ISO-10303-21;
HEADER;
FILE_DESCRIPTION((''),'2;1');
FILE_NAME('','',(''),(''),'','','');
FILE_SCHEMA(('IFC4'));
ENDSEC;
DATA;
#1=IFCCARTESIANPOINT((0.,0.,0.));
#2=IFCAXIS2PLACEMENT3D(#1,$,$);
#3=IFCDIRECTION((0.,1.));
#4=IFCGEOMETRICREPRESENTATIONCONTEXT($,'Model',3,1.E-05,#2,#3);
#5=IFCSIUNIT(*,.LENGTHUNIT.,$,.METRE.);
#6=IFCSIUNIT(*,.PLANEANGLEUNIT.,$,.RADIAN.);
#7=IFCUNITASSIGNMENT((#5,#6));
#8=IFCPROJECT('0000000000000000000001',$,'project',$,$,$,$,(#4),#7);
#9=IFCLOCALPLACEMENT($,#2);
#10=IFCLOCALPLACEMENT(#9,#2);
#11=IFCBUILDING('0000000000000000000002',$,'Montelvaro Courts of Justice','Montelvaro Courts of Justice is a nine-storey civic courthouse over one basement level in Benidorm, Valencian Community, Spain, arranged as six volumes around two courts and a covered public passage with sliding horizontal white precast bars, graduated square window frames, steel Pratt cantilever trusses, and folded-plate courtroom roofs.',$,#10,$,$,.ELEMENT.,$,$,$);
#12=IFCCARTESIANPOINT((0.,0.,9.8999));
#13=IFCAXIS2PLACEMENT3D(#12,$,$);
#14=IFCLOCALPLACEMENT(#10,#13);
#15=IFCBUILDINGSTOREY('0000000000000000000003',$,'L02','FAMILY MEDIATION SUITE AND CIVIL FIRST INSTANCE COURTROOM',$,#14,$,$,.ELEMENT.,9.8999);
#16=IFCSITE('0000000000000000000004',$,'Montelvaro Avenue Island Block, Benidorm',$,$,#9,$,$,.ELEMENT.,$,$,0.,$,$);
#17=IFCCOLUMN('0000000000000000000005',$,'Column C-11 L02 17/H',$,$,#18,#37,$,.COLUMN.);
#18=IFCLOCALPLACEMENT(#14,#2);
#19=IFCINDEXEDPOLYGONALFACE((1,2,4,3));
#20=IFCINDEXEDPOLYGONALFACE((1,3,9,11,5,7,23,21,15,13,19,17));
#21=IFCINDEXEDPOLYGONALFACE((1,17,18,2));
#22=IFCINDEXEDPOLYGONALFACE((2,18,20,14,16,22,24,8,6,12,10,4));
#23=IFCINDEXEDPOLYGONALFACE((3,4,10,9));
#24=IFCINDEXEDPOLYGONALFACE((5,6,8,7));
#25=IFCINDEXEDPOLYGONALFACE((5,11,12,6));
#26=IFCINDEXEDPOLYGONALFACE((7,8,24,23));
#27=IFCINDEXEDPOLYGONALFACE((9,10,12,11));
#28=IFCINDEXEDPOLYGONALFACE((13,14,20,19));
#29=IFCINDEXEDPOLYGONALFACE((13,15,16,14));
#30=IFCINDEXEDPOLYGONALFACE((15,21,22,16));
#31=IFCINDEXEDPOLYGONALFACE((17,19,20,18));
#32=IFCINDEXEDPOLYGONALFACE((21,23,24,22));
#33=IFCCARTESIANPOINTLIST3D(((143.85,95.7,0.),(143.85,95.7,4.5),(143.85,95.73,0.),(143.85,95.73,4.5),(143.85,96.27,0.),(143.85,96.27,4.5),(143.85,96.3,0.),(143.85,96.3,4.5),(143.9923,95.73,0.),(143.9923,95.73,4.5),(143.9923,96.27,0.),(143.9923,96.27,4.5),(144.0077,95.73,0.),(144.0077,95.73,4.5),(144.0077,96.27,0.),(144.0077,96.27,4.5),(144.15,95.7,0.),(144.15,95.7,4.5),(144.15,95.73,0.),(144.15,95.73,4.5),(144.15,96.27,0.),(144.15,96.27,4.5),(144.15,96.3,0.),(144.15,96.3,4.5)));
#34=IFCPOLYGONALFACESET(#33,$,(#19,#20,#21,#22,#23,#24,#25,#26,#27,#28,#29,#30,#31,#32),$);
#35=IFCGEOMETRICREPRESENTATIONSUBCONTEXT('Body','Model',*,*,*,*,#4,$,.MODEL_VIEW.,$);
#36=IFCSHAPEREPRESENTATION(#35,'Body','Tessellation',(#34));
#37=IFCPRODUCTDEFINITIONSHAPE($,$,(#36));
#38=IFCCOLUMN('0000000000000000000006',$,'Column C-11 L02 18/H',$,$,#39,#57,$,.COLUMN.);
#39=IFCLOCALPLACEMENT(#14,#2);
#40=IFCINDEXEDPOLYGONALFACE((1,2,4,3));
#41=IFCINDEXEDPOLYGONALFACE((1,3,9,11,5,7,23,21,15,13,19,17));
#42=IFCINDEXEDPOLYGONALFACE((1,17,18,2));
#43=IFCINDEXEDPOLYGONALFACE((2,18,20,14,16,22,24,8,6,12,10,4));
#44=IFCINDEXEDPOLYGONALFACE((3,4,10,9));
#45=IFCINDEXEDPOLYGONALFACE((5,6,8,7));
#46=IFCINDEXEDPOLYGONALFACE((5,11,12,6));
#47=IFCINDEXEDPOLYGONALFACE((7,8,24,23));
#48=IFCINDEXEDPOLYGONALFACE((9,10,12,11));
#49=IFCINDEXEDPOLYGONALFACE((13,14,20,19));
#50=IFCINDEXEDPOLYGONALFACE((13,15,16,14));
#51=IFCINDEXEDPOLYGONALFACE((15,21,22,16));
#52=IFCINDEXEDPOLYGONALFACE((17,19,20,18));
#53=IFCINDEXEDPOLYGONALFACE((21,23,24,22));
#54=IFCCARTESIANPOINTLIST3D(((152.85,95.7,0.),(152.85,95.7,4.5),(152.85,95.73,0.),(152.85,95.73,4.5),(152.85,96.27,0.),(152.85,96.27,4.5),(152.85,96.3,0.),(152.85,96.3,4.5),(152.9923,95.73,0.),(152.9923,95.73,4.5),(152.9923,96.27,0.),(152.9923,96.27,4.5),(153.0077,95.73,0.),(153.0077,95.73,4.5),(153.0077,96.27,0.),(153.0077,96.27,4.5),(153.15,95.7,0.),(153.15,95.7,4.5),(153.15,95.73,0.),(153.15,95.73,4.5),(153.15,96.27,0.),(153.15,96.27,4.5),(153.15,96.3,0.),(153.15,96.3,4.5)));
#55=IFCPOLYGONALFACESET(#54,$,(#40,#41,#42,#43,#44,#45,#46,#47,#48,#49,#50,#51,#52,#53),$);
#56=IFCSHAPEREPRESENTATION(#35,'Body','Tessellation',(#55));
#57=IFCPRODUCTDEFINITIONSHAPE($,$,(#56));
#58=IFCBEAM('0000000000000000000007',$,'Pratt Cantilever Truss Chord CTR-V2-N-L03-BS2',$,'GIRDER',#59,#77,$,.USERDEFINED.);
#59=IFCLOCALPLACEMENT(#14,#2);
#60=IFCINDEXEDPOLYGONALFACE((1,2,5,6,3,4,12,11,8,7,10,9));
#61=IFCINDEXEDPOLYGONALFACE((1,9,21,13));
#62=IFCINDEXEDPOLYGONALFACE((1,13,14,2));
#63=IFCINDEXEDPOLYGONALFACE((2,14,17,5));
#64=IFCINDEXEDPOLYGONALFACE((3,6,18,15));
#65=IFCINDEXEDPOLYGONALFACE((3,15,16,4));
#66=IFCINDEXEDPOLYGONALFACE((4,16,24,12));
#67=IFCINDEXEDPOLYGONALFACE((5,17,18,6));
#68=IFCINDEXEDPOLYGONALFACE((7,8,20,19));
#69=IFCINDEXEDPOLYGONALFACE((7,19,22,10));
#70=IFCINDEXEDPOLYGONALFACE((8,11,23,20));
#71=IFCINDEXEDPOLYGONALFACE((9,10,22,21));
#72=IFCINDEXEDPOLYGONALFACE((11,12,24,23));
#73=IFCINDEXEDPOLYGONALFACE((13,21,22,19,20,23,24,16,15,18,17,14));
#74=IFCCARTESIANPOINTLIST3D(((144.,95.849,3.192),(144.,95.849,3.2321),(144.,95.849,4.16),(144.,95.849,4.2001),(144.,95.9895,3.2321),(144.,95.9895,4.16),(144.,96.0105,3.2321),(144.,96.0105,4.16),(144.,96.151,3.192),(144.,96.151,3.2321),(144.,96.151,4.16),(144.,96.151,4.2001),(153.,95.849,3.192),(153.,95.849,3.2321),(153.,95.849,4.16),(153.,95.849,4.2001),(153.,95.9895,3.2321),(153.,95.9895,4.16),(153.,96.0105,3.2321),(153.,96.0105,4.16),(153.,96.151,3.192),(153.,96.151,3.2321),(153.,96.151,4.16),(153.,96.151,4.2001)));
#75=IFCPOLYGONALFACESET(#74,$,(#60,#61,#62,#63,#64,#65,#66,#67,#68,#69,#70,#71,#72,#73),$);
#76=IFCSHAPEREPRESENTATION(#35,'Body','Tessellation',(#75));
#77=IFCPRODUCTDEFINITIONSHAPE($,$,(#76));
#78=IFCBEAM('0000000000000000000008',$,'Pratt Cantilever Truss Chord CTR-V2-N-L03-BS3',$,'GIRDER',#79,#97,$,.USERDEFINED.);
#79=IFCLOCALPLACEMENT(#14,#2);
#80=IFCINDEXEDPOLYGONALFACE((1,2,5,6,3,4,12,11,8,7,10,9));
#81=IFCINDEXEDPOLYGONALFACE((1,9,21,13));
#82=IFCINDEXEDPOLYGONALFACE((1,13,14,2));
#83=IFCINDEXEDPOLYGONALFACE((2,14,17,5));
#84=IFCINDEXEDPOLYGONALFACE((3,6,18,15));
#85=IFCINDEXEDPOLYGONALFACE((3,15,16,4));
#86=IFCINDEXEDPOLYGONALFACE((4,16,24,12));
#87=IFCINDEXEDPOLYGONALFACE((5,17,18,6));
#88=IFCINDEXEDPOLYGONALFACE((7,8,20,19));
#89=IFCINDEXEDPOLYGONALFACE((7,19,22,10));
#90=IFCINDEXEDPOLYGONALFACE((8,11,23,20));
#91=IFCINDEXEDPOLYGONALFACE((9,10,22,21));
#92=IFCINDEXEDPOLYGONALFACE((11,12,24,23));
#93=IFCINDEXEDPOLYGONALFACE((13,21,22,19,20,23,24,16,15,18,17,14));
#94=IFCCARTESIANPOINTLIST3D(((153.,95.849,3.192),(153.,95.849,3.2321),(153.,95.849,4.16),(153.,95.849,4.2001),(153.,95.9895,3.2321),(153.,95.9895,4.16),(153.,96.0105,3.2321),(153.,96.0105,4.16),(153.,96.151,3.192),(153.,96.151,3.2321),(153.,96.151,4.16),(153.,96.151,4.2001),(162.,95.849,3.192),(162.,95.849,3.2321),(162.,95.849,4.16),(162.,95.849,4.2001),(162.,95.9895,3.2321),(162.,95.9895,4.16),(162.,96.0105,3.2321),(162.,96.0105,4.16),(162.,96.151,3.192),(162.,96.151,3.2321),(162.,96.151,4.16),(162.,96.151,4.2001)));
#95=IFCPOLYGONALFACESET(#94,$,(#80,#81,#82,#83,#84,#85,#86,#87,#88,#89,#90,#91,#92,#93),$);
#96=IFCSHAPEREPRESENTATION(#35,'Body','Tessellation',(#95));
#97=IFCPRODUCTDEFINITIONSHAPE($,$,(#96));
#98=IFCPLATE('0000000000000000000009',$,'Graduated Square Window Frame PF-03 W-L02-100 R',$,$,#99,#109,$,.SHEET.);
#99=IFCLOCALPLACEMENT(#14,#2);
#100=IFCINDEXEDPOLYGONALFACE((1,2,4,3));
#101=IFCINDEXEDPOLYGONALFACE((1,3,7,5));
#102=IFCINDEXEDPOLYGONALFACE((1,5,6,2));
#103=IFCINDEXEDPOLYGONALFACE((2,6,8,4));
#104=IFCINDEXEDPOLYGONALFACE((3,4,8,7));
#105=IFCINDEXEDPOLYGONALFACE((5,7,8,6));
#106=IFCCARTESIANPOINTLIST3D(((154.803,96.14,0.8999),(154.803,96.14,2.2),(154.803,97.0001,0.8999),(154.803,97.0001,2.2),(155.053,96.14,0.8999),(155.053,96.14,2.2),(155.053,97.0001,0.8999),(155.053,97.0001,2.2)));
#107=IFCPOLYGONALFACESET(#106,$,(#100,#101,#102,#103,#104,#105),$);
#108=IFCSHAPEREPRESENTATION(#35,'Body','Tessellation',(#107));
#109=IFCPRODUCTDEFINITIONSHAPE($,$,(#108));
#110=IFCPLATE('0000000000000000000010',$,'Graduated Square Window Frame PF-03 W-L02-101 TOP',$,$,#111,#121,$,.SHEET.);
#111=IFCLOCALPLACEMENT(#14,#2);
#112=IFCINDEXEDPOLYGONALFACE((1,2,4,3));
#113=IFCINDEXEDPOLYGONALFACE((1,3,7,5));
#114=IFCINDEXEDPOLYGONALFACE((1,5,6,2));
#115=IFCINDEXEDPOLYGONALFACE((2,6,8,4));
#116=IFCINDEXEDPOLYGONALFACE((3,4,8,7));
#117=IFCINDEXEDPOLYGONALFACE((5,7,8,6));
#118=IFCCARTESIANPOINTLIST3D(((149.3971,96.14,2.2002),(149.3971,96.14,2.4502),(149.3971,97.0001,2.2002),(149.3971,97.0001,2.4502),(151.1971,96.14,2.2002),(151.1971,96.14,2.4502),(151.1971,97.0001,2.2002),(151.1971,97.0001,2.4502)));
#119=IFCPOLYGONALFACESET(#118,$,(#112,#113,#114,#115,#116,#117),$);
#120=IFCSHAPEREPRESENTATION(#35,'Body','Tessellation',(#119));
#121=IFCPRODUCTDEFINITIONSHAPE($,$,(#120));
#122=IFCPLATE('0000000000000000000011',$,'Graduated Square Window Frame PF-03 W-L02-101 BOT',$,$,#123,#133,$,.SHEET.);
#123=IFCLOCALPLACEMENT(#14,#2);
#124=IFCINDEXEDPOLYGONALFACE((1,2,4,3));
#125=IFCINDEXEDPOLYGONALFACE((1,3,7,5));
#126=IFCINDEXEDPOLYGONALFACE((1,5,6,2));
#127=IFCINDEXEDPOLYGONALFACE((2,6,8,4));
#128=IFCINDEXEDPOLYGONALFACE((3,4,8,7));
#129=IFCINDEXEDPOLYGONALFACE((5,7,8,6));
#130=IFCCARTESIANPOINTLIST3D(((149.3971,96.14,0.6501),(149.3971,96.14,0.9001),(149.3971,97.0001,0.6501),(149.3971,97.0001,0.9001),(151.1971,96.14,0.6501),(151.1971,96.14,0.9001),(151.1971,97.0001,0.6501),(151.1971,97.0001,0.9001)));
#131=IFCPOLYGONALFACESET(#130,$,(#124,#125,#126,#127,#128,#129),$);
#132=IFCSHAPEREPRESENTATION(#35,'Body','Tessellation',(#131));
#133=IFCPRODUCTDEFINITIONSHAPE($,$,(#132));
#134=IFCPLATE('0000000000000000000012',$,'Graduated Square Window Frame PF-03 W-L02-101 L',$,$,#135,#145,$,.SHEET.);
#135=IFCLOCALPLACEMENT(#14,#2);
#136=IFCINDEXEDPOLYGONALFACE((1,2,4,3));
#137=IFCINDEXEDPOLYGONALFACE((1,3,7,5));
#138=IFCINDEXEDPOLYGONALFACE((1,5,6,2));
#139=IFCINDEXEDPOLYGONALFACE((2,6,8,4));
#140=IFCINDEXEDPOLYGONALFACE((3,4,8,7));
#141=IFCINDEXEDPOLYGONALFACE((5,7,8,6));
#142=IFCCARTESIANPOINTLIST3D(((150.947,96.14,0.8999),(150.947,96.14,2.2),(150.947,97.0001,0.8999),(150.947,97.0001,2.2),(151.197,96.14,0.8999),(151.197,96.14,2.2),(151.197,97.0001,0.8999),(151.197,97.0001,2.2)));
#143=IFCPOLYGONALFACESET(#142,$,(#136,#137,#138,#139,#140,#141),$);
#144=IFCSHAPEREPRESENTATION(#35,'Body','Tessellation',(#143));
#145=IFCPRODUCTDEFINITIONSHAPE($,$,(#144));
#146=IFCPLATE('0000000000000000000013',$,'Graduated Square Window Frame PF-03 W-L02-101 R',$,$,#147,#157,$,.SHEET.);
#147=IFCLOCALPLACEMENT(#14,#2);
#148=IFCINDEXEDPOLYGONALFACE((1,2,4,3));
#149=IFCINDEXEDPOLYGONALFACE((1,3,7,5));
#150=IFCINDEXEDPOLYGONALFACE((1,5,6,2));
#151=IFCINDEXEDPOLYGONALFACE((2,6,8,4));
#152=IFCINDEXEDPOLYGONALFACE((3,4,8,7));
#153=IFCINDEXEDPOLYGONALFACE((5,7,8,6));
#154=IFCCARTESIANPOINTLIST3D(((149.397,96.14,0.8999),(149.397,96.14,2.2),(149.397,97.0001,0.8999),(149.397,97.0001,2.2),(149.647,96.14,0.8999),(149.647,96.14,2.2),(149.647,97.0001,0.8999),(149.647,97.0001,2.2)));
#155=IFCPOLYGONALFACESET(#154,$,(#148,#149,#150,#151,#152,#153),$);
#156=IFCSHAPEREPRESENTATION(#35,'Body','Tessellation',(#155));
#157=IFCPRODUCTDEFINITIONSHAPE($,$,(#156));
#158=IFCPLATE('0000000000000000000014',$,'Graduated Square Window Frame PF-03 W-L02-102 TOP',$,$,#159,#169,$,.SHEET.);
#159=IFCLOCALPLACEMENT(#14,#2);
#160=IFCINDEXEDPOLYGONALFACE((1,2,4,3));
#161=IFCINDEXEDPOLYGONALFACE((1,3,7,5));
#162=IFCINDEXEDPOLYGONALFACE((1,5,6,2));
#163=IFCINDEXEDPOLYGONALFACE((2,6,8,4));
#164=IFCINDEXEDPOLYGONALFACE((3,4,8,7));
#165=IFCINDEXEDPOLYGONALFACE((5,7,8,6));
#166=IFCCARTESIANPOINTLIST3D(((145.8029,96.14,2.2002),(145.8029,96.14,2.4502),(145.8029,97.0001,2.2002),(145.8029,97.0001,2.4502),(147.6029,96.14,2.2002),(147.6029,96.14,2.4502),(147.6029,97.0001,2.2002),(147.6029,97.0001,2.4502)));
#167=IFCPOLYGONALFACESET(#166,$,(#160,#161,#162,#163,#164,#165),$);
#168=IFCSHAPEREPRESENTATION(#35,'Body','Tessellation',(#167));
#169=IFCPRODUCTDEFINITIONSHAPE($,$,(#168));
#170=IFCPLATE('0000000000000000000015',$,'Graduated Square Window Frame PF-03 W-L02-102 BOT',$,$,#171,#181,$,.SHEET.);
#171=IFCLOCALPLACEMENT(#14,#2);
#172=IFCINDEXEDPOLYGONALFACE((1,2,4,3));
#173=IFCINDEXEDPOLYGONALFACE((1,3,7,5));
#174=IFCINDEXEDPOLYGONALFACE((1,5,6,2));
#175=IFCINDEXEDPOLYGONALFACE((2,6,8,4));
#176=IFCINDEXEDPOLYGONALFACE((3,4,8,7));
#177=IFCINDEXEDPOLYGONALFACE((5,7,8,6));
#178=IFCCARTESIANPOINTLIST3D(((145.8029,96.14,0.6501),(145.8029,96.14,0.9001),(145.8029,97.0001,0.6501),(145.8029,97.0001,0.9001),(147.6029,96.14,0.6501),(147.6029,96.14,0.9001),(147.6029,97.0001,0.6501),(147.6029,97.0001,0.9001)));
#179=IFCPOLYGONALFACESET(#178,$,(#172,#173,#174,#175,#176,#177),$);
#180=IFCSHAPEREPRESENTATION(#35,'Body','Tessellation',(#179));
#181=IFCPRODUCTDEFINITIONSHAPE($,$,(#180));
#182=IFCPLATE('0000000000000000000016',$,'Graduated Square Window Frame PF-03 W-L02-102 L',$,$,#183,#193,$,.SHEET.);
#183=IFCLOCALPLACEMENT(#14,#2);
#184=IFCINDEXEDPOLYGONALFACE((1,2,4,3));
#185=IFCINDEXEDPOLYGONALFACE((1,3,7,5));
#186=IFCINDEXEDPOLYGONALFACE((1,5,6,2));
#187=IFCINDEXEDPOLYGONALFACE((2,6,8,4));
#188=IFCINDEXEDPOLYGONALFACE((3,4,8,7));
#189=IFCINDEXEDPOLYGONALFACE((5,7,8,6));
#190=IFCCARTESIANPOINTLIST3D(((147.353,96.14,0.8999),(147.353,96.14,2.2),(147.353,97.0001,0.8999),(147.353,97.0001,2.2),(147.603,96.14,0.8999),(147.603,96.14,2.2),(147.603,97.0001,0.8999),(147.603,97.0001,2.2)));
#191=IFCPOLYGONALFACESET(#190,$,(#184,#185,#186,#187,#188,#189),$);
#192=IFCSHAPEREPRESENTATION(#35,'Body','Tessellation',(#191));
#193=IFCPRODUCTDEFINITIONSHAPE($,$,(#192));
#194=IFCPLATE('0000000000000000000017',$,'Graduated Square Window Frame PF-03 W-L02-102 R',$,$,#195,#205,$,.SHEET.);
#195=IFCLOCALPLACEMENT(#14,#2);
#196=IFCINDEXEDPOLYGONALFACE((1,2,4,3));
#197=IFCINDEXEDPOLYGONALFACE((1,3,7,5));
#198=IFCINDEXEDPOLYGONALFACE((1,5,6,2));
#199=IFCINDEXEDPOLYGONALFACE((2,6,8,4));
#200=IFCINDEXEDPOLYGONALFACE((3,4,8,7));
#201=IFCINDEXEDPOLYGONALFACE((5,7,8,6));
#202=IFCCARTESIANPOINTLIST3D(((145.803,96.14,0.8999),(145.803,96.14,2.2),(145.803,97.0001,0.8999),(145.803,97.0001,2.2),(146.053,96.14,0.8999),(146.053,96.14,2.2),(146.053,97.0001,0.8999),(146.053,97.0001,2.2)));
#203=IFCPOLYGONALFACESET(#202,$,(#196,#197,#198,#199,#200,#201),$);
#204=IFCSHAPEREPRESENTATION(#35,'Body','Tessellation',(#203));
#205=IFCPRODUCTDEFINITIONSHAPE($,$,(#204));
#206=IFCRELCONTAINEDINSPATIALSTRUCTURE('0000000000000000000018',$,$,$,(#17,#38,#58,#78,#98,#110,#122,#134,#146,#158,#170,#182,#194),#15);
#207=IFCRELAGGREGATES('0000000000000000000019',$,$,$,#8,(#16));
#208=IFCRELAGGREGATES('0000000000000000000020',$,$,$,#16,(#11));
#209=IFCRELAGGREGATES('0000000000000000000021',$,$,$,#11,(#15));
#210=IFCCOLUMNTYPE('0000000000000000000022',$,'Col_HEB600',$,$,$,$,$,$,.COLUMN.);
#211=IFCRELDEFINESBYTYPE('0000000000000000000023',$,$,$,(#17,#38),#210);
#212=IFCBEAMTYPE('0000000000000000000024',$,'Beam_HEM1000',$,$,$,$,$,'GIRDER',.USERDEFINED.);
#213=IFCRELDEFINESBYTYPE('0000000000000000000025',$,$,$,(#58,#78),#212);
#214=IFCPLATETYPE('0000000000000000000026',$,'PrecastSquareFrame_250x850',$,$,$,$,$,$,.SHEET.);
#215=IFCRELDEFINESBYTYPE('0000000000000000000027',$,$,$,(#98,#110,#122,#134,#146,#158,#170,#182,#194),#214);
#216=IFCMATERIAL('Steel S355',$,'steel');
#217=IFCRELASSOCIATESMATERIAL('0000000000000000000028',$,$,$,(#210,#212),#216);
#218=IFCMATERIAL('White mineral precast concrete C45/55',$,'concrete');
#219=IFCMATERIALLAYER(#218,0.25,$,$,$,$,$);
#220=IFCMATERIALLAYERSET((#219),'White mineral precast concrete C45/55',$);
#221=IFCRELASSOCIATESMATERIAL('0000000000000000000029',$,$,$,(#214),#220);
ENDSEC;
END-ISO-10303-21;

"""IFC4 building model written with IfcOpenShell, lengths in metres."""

from ifc_helpers import new_model, si_unit, direction, frame, origin, origin_2d, place, context, subcontext, project, spatial, rectangle, i_section, extrude, material, layer, layer_set, material_profile, profile_set, type_object, element, save


model = new_model("IFC4")

# Units and contexts
model_context = context("Model", 3, precision=1e-05, world=origin(), true_north=direction((0.0, 1.0)))
body_context = subcontext(model_context, "Body", "Model", "MODEL_VIEW")
ifc_project = project(units=[si_unit("LENGTHUNIT", "METRE"), si_unit("PLANEANGLEUNIT", "RADIAN")], contexts=[model_context])

# Site, building, storey
site_placement = place(None, origin())
site = spatial("IfcSite", under=ifc_project, at=site_placement, Name="Montelvaro Avenue Island Block, Benidorm", CompositionType="ELEMENT", RefElevation=0.0)
building_placement = place(site_placement, origin())
building = spatial("IfcBuilding", under=site, at=building_placement, Name="Montelvaro Courts of Justice", Description="Montelvaro Courts of Justice is a nine-storey civic courthouse over one basement level in Benidorm, Valencian Community, Spain, arranged as six volumes around two courts and a covered public passage with sliding horizontal white precast bars, graduated square window frames, steel Pratt cantilever trusses, and folded-plate courtroom roofs.", CompositionType="ELEMENT")
storey_placement = place(building_placement, frame((0.0, 0.0, 9.8999)))
storey = spatial("IfcBuildingStorey", under=building, at=storey_placement, Name="L02", Description="FAMILY MEDIATION SUITE AND CIVIL FIRST INSTANCE COURTROOM", CompositionType="ELEMENT", Elevation=9.8999)

# Columns
ifc_material_1 = material(Name="Steel S355", Category="steel")
ifc_material_profile_1 = material_profile(ifc_material_1, i_section(OverallWidth=0.3, OverallDepth=0.6001, WebThickness=0.0154, FlangeThickness=0.03, at=origin_2d()), Name="HEB 600")
ifc_profile_set_1 = profile_set([ifc_material_profile_1], Name="Steel S355")
column_type = type_object("IfcColumnType", Name="Col_HEB600", PredefinedType="COLUMN", material=ifc_profile_set_1)
for number, where, z_axis, x_axis, name in (
    (1, (144.0, 96.0, 0.0), (0.0, 0.0, 1.0), (1.0, 0.0, 0.0), "Column C-11 L02 17/H"),
    (2, (153.0, 96.0, 0.0), (0.0, 0.0, 1.0), (1.0, 0.0, 0.0), "Column C-11 L02 18/H"),
):
    element("IfcColumn", number, at=place(storey_placement, frame(where, z_axis=z_axis, x_axis=x_axis)), inside=storey, type_object=column_type, Name=name, PredefinedType="COLUMN", context=body_context, shape_type="SweptSolid", body=[
        extrude(i_section(OverallWidth=0.3, OverallDepth=0.6001, WebThickness=0.0154, FlangeThickness=0.03, at=origin_2d()), origin(), (0.0, 0.0, 1.0), 4.5),
    ])

# Beams
ifc_material_profile_2 = material_profile(ifc_material_1, i_section(OverallWidth=0.302, OverallDepth=1.0081, WebThickness=0.021, FlangeThickness=0.04, at=origin_2d()), Name="HEM 1000")
ifc_profile_set_2 = profile_set([ifc_material_profile_2], Name="Steel S355")
beam_type = type_object("IfcBeamType", Name="Beam_HEM1000", ElementType="GIRDER", PredefinedType="USERDEFINED", material=ifc_profile_set_2)
for number, where, z_axis, x_axis, name in (
    (3, (144.0, 96.0, 3.696), (1.0, 0.0, 0.0), (0.0, 1.0, 0.0), "Pratt Cantilever Truss Chord CTR-V2-N-L03-BS2"),
    (4, (153.0, 96.0, 3.696), (1.0, 0.0, 0.0), (0.0, 1.0, 0.0), "Pratt Cantilever Truss Chord CTR-V2-N-L03-BS3"),
):
    element("IfcBeam", number, at=place(storey_placement, frame(where, z_axis=z_axis, x_axis=x_axis)), inside=storey, type_object=beam_type, Name=name, ObjectType="GIRDER", PredefinedType="USERDEFINED", context=body_context, shape_type="SweptSolid", body=[
        extrude(i_section(OverallWidth=0.302, OverallDepth=1.0081, WebThickness=0.021, FlangeThickness=0.04, at=origin_2d()), origin(), (0.0, 0.0, 1.0), 9.0),
    ])

# Plates
ifc_material_2 = material(Name="White mineral precast concrete C45/55", Category="concrete")
ifc_layer_1 = layer(ifc_material_2, 0.25)
ifc_layer_set_1 = layer_set([ifc_layer_1], Name="White mineral precast concrete C45/55")
plate_type = type_object("IfcPlateType", Name="PrecastSquareFrame_250x850", PredefinedType="SHEET", material=ifc_layer_set_1)
plate_placement = place(storey_placement, frame((154.928, 96.5701, 0.8999), z_axis=(0.0, 0.0, 1.0), x_axis=(-1.0, 0.0, 0.0)))
element("IfcPlate", 5, at=plate_placement, inside=storey, type_object=plate_type, Name="Graduated Square Window Frame PF-03 W-L02-100 R", PredefinedType="SHEET", context=body_context, shape_type="SweptSolid", body=[
    extrude(rectangle(XDim=0.25, YDim=0.8601, at=origin_2d()), origin(), (0.0, 0.0, 1.0), 1.3),
])
for number, where, z_axis, x_axis, name in (
    (6, (150.2971, 96.5701, 2.2002), (0.0, 0.0, 1.0), (-1.0, 0.0, 0.0), "Graduated Square Window Frame PF-03 W-L02-101 TOP"),
    (7, (150.2971, 96.5701, 0.6501), (0.0, 0.0, 1.0), (-1.0, 0.0, 0.0), "Graduated Square Window Frame PF-03 W-L02-101 BOT"),
):
    element("IfcPlate", number, at=place(storey_placement, frame(where, z_axis=z_axis, x_axis=x_axis)), inside=storey, type_object=plate_type, Name=name, PredefinedType="SHEET", context=body_context, shape_type="SweptSolid", body=[
        extrude(rectangle(XDim=1.8, YDim=0.8601, at=origin_2d()), origin(), (0.0, 0.0, 1.0), 0.25),
    ])
for number, where, z_axis, x_axis, name in (
    (8, (151.072, 96.5701, 0.8999), (0.0, 0.0, 1.0), (-1.0, 0.0, 0.0), "Graduated Square Window Frame PF-03 W-L02-101 L"),
    (9, (149.522, 96.5701, 0.8999), (0.0, 0.0, 1.0), (-1.0, 0.0, 0.0), "Graduated Square Window Frame PF-03 W-L02-101 R"),
):
    element("IfcPlate", number, at=place(storey_placement, frame(where, z_axis=z_axis, x_axis=x_axis)), inside=storey, type_object=plate_type, Name=name, PredefinedType="SHEET", context=body_context, shape_type="SweptSolid", body=[
        extrude(rectangle(XDim=0.25, YDim=0.8601, at=origin_2d()), origin(), (0.0, 0.0, 1.0), 1.3),
    ])
for number, where, z_axis, x_axis, name in (
    (10, (146.7029, 96.5701, 2.2002), (0.0, 0.0, 1.0), (-1.0, 0.0, 0.0), "Graduated Square Window Frame PF-03 W-L02-102 TOP"),
    (11, (146.7029, 96.5701, 0.6501), (0.0, 0.0, 1.0), (-1.0, 0.0, 0.0), "Graduated Square Window Frame PF-03 W-L02-102 BOT"),
):
    element("IfcPlate", number, at=place(storey_placement, frame(where, z_axis=z_axis, x_axis=x_axis)), inside=storey, type_object=plate_type, Name=name, PredefinedType="SHEET", context=body_context, shape_type="SweptSolid", body=[
        extrude(rectangle(XDim=1.8, YDim=0.8601, at=origin_2d()), origin(), (0.0, 0.0, 1.0), 0.25),
    ])
for number, where, z_axis, x_axis, name in (
    (12, (147.478, 96.5701, 0.8999), (0.0, 0.0, 1.0), (-1.0, 0.0, 0.0), "Graduated Square Window Frame PF-03 W-L02-102 L"),
    (13, (145.928, 96.5701, 0.8999), (0.0, 0.0, 1.0), (-1.0, 0.0, 0.0), "Graduated Square Window Frame PF-03 W-L02-102 R"),
):
    element("IfcPlate", number, at=place(storey_placement, frame(where, z_axis=z_axis, x_axis=x_axis)), inside=storey, type_object=plate_type, Name=name, PredefinedType="SHEET", context=body_context, shape_type="SweptSolid", body=[
        extrude(rectangle(XDim=0.25, YDim=0.8601, at=origin_2d()), origin(), (0.0, 0.0, 1.0), 1.3),
    ])

save(model, "model.ifc")
